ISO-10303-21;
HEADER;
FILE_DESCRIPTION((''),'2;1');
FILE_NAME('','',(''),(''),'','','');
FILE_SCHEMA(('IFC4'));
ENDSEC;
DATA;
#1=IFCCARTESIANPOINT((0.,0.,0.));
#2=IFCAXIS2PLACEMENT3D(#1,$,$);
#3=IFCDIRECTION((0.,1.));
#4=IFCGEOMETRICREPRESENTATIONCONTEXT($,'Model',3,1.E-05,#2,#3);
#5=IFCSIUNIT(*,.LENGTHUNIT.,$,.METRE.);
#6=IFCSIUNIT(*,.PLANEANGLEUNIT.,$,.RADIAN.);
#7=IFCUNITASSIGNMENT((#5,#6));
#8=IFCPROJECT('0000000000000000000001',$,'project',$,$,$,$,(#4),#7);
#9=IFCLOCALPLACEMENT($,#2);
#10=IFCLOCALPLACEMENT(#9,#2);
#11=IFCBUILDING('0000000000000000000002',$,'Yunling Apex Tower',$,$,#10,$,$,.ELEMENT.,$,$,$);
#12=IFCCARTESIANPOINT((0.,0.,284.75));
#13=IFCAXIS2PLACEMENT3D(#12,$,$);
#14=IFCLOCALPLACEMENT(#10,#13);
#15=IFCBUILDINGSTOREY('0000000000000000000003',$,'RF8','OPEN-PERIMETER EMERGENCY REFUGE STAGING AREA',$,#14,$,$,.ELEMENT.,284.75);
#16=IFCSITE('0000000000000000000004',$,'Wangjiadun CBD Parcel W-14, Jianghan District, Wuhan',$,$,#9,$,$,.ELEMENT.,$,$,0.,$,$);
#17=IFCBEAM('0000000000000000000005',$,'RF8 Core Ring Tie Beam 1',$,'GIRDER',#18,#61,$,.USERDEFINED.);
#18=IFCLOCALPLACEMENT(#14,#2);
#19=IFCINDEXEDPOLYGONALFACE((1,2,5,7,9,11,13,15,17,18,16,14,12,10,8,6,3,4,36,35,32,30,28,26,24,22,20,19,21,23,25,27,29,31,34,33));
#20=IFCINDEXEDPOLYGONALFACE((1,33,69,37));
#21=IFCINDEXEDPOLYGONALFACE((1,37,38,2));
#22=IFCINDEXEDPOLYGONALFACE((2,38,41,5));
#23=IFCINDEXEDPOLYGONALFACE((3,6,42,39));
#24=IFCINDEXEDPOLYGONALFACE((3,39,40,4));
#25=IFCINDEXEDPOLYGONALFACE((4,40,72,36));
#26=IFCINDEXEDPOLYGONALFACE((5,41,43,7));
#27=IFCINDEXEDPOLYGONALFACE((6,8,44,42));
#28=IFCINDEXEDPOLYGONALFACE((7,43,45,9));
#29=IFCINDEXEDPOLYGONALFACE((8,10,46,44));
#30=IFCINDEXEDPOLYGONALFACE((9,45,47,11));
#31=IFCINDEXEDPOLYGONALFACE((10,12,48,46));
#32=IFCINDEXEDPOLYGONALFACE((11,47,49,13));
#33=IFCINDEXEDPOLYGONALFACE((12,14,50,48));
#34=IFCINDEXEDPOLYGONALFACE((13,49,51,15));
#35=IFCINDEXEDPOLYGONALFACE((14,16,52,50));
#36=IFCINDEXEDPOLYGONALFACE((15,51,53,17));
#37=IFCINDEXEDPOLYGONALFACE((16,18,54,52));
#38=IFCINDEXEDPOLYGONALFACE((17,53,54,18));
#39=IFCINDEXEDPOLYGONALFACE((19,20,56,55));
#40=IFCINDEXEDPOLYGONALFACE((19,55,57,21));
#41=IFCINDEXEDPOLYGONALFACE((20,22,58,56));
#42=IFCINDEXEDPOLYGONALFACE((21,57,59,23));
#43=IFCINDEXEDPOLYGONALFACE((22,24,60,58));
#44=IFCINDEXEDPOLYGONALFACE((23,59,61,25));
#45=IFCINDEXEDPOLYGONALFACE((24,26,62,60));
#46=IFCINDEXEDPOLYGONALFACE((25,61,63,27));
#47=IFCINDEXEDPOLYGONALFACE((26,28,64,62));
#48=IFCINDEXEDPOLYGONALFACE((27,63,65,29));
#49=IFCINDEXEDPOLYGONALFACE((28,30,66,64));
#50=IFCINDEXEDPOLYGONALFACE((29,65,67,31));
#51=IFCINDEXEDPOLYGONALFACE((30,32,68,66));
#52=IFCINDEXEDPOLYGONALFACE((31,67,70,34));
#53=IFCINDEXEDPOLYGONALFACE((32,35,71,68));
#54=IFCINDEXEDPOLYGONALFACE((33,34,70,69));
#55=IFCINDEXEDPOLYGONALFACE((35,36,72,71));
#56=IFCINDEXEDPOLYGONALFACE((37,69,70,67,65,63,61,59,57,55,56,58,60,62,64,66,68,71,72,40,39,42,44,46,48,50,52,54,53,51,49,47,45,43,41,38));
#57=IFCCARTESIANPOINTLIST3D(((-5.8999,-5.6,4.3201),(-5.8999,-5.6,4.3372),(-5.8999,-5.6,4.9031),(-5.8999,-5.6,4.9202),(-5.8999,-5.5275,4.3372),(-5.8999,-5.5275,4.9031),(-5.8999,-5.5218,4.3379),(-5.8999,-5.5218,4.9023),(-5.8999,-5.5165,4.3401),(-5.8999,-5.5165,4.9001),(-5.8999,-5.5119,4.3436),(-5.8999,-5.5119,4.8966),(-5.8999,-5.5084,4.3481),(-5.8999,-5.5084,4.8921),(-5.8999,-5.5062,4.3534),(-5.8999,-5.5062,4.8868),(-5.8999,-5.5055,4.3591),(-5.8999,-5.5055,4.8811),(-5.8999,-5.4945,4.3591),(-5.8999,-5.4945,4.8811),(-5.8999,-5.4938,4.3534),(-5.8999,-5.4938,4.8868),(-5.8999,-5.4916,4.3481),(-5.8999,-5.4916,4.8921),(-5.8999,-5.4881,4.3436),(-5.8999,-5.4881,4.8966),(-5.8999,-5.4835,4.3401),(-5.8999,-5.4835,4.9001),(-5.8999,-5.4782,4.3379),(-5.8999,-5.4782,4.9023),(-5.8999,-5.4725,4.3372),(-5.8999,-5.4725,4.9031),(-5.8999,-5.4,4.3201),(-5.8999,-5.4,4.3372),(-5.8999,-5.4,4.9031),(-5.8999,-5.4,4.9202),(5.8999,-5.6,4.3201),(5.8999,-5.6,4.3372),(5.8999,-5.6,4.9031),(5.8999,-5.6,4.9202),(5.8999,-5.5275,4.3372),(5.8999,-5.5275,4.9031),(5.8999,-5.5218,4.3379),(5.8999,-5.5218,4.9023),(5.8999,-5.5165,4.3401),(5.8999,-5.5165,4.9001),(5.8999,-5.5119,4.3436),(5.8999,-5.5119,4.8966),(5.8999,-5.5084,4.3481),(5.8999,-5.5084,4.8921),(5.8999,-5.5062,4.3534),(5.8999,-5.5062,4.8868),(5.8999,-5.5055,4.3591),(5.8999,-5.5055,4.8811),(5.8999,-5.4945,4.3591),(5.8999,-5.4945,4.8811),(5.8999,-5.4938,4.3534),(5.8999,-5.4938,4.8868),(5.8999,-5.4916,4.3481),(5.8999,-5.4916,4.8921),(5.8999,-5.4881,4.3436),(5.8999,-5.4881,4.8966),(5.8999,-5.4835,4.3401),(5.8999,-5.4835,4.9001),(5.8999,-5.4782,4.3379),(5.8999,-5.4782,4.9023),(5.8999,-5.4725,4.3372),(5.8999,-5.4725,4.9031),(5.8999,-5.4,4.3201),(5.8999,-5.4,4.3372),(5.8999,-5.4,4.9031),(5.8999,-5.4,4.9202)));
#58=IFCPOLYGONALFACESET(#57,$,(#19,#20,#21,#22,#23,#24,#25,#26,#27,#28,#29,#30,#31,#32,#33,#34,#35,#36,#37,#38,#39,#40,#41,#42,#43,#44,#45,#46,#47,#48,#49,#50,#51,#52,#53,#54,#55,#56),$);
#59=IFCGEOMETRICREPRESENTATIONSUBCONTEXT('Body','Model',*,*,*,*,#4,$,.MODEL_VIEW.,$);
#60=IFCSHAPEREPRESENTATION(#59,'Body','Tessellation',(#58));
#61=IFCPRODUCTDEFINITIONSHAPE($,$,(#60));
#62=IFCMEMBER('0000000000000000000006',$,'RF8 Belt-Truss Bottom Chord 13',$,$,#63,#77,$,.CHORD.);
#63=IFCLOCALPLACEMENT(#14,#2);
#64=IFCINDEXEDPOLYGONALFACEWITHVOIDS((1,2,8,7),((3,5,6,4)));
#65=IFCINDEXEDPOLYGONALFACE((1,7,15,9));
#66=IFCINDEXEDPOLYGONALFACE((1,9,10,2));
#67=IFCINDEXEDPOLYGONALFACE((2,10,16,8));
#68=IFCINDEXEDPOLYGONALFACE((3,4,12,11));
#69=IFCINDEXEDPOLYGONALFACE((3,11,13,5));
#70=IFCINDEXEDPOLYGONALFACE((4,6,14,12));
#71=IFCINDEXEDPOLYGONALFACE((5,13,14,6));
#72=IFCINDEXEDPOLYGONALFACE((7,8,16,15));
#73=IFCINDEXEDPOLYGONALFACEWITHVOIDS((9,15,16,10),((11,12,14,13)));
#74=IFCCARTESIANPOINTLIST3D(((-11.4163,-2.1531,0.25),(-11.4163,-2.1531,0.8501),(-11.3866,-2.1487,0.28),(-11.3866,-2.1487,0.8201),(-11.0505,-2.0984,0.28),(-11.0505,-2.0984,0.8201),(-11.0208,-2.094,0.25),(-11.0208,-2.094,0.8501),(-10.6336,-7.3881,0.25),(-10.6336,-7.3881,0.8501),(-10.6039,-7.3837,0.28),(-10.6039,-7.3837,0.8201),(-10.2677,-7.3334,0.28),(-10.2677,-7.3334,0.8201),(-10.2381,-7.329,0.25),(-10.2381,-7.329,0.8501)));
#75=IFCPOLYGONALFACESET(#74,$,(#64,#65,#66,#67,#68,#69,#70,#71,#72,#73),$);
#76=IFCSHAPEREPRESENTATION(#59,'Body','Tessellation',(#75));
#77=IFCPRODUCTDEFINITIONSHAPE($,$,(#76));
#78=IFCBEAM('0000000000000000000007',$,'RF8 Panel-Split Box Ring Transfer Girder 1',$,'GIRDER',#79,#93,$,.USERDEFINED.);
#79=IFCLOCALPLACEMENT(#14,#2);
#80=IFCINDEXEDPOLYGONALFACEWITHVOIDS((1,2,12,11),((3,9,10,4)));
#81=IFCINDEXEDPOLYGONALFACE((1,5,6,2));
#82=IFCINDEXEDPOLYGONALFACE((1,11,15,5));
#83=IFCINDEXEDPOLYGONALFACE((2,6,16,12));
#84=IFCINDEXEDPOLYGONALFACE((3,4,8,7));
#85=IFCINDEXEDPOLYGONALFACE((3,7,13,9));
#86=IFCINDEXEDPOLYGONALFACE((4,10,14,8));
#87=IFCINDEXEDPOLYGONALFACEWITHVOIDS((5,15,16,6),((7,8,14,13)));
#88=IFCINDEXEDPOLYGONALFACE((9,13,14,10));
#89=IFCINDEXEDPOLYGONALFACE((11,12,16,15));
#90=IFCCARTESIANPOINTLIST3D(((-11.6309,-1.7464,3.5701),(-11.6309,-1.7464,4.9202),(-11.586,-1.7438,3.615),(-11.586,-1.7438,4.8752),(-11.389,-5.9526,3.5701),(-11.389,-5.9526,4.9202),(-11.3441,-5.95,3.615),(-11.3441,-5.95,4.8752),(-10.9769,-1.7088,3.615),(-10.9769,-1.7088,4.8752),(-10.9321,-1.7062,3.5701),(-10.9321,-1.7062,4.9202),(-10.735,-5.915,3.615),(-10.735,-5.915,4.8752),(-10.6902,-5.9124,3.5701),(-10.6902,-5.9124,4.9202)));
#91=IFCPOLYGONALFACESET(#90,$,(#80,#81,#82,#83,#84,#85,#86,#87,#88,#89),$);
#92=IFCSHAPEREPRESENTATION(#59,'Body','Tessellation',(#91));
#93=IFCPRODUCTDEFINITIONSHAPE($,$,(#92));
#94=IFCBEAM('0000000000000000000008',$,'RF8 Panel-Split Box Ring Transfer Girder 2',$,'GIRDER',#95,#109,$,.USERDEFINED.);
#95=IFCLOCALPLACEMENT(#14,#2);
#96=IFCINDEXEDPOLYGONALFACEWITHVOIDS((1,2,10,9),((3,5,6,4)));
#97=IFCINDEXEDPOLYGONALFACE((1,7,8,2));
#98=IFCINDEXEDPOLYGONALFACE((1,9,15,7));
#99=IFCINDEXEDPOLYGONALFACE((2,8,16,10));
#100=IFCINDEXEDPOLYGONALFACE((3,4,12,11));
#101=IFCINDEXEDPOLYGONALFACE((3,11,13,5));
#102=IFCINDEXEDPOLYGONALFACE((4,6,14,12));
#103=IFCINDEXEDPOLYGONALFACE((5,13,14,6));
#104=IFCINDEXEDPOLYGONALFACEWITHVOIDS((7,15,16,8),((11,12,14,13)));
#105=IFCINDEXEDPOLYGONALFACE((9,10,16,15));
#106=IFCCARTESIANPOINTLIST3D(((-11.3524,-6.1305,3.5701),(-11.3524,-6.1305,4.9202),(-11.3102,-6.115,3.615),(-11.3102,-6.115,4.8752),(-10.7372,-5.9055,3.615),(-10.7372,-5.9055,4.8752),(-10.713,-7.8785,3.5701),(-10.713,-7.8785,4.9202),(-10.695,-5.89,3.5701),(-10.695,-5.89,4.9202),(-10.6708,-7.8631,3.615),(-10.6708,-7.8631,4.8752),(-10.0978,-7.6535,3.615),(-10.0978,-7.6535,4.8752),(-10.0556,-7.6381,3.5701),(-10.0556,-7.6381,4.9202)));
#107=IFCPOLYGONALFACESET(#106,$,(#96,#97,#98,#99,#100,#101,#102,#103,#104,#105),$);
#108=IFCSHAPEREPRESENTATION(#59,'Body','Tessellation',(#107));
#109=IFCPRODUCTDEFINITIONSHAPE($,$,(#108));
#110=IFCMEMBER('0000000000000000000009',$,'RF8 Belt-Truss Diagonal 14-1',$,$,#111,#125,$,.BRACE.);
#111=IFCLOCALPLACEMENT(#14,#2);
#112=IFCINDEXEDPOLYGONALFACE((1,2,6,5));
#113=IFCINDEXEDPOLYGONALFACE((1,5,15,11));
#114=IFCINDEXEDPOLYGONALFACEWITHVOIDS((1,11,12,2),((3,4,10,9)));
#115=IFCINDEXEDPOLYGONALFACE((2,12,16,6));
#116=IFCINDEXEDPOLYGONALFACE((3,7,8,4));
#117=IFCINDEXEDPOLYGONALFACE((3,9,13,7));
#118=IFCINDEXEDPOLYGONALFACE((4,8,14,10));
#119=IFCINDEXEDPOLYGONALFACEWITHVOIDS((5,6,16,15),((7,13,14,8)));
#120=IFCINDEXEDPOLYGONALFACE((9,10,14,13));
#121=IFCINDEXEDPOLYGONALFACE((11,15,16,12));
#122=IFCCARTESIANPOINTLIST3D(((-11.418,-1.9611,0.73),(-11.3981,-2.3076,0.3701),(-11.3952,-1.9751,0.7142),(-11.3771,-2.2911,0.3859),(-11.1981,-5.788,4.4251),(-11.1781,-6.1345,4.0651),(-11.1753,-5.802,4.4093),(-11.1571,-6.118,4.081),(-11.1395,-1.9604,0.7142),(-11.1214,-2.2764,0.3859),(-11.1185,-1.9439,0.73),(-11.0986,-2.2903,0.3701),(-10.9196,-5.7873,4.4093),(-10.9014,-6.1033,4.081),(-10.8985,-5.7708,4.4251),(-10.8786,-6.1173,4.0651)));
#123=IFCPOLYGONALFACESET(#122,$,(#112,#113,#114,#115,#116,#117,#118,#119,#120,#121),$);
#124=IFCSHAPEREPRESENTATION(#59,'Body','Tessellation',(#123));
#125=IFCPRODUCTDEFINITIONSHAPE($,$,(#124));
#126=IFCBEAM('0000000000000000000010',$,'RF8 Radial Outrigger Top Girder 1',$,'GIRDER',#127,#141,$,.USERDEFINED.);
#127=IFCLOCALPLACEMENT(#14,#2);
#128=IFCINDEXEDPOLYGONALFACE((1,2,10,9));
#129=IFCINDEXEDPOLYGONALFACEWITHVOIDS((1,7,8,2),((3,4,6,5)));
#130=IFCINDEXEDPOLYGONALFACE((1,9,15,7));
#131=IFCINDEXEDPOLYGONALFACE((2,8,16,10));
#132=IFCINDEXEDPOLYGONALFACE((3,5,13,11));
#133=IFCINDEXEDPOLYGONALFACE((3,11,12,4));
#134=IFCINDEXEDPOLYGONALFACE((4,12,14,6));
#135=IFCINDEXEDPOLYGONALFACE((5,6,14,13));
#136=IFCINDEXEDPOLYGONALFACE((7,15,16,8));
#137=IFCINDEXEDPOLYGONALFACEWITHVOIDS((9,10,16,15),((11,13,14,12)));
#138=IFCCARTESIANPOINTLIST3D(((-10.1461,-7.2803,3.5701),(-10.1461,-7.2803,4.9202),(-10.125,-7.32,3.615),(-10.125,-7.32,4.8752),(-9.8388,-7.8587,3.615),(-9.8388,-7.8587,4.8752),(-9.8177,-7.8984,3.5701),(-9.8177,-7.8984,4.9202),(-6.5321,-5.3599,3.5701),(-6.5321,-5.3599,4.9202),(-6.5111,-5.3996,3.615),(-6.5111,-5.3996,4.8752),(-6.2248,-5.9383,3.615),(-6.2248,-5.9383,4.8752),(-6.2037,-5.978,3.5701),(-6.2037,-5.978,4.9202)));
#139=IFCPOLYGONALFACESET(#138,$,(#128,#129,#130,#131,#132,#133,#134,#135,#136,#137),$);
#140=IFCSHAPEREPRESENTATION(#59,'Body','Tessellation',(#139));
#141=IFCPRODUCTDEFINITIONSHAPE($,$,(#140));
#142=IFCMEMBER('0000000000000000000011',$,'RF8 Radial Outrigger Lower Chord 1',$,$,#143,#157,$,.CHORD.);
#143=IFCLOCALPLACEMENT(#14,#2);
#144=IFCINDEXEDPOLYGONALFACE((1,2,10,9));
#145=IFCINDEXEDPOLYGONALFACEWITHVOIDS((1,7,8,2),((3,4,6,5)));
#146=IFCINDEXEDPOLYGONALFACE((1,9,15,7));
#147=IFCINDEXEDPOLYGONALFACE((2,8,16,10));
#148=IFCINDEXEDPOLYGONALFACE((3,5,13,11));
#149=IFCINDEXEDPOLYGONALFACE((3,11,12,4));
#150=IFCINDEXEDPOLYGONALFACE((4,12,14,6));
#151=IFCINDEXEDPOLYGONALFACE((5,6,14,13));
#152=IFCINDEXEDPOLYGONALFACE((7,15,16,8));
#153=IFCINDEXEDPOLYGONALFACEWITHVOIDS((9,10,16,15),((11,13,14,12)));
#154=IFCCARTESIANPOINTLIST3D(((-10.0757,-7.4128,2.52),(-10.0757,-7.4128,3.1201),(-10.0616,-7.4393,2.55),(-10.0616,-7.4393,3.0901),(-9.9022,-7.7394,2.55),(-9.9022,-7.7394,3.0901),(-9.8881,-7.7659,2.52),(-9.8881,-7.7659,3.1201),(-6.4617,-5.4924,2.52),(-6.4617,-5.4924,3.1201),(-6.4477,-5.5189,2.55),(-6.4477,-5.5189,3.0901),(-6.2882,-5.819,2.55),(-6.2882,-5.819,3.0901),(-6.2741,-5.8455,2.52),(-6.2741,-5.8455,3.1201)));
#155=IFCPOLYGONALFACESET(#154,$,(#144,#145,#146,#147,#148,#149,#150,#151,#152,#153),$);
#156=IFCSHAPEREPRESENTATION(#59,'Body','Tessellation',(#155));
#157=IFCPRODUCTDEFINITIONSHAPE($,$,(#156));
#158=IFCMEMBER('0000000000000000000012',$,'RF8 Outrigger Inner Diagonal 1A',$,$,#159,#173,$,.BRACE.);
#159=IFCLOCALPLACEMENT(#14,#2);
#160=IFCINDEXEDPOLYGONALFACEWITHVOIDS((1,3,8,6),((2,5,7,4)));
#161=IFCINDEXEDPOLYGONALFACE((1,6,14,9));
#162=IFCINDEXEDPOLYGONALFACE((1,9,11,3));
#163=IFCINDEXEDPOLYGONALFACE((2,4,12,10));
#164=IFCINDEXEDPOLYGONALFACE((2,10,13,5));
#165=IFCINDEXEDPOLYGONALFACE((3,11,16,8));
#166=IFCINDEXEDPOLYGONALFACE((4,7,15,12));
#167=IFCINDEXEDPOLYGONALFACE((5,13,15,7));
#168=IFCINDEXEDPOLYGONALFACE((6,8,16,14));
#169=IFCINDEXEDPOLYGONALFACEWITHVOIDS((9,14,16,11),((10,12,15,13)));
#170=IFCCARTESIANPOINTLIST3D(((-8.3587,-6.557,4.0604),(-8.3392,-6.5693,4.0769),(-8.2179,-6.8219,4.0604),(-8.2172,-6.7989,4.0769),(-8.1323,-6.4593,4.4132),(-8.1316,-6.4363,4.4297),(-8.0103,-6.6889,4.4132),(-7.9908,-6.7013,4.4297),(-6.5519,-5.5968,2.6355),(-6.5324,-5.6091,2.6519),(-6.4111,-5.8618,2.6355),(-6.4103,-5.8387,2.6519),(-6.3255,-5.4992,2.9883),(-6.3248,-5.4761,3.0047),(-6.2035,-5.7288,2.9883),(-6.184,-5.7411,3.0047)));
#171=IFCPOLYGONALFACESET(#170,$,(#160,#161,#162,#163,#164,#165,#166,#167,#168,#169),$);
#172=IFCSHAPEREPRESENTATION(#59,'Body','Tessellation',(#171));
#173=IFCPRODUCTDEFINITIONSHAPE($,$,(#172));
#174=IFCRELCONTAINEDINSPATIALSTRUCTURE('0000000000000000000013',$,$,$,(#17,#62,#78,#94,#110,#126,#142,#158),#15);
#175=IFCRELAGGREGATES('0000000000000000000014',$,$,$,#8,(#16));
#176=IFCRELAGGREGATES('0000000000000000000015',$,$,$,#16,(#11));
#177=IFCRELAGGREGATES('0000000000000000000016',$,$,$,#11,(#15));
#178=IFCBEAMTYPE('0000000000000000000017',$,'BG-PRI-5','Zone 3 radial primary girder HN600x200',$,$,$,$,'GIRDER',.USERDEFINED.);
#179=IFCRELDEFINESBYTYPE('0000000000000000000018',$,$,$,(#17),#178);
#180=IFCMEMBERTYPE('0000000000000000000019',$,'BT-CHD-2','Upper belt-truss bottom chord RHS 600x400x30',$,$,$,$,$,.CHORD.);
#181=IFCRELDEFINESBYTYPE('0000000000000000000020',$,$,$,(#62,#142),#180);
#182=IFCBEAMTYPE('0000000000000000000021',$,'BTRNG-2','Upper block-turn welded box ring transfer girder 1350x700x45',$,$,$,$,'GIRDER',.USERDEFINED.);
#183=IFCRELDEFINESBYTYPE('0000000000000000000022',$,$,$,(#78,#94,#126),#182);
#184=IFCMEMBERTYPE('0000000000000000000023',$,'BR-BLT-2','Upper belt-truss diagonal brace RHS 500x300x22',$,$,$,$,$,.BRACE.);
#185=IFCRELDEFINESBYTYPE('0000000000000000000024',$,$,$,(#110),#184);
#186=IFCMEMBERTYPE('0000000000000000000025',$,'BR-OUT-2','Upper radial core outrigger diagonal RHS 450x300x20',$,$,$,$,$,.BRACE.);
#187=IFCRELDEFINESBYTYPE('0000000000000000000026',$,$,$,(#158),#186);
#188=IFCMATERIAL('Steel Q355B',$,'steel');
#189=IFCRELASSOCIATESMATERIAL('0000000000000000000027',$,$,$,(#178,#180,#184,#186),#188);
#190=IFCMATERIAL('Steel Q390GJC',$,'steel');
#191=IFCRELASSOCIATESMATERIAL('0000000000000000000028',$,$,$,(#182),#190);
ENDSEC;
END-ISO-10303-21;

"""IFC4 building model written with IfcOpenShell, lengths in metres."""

from ifc_helpers import new_model, si_unit, direction, frame, origin, origin_2d, place, context, subcontext, project, spatial, hollow_rectangle, i_section, extrude, source, transform, mapped, material, material_profile, profile_set, type_object, element, save


model = new_model("IFC4")

# Units and contexts
model_context = context("Model", 3, precision=1e-05, world=origin(), true_north=direction((0.0, 1.0)))
body_context = subcontext(model_context, "Body", "Model", "MODEL_VIEW")
ifc_project = project(units=[si_unit("LENGTHUNIT", "METRE"), si_unit("PLANEANGLEUNIT", "RADIAN")], contexts=[model_context])

# Site, building, storey
site_placement = place(None, origin())
site = spatial("IfcSite", under=ifc_project, at=site_placement, Name="Wangjiadun CBD Parcel W-14, Jianghan District, Wuhan", CompositionType="ELEMENT", RefElevation=0.0)
building_placement = place(site_placement, origin())
building = spatial("IfcBuilding", under=site, at=building_placement, Name="Yunling Apex Tower", CompositionType="ELEMENT")
storey_placement = place(building_placement, frame((0.0, 0.0, 284.75)))
storey = spatial("IfcBuildingStorey", under=building, at=storey_placement, Name="RF8", Description="OPEN-PERIMETER EMERGENCY REFUGE STAGING AREA", CompositionType="ELEMENT", Elevation=284.75)

# Shared definitions
ifc_material_1 = material(Name="Steel Q355B", Category="steel")

# Beam
ifc_material_profile_1 = material_profile(ifc_material_1, i_section(OverallWidth=0.2, OverallDepth=0.6001, WebThickness=0.011, FlangeThickness=0.0171, FilletRadius=0.022, at=origin_2d()))
ifc_profile_set_1 = profile_set([ifc_material_profile_1], Name="Steel Q355B")
beam_type_1 = type_object("IfcBeamType", Name="BG-PRI-5", Description="Zone 3 radial primary girder HN600x200", ElementType="GIRDER", PredefinedType="USERDEFINED", material=ifc_profile_set_1)
shared_shape_1 = source(origin(), body_context, "Body", "SweptSolid", [
    extrude(i_section(OverallWidth=0.2, OverallDepth=0.6001, WebThickness=0.011, FlangeThickness=0.0171, FilletRadius=0.022, at=origin_2d()), origin(), (0.0, 0.0, 1.0), 11.7998),
])
beam_1_placement = place(storey_placement, frame((-5.8999, -5.5, 4.6201), z_axis=(1.0, 0.0, 0.0), x_axis=(0.0, 1.0, 0.0)))
element("IfcBeam", 1, at=beam_1_placement, inside=storey, type_object=beam_type_1, Name="RF8 Core Ring Tie Beam 1", ObjectType="GIRDER", PredefinedType="USERDEFINED", context=body_context, shape_type="MappedRepresentation", body=[
    mapped(shared_shape_1, transform((0.0, 0.0, 0.0), scale=1.0)),
])

# Member
ifc_material_profile_2 = material_profile(ifc_material_1, hollow_rectangle(XDim=0.3999, YDim=0.6001, WallThickness=0.03, at=origin_2d()))
ifc_profile_set_2 = profile_set([ifc_material_profile_2], Name="Steel Q355B")
member_type_1 = type_object("IfcMemberType", Name="BT-CHD-2", Description="Upper belt-truss bottom chord RHS 600x400x30", PredefinedType="CHORD", material=ifc_profile_set_2)
shared_shape_2 = source(origin(), body_context, "Body", "SweptSolid", [
    extrude(hollow_rectangle(XDim=0.3999, YDim=0.6001, WallThickness=0.03, at=origin_2d()), origin(), (0.0, 0.0, 1.0), 5.2932),
])
member_1_placement = place(storey_placement, frame((-11.2185, -2.1235, 0.55), z_axis=(0.147869, -0.989007, 0.0), x_axis=(0.989007, 0.147869, 0.0)))
element("IfcMember", 2, at=member_1_placement, inside=storey, type_object=member_type_1, Name="RF8 Belt-Truss Bottom Chord 13", PredefinedType="CHORD", context=body_context, shape_type="MappedRepresentation", body=[
    mapped(shared_shape_2, transform((0.0, 0.0, 0.0), scale=1.0)),
])

# Beams
ifc_material_2 = material(Name="Steel Q390GJC", Category="steel")
ifc_material_profile_3 = material_profile(ifc_material_2, hollow_rectangle(XDim=0.7, YDim=1.3501, WallThickness=0.0449, at=origin_2d()))
ifc_profile_set_3 = profile_set([ifc_material_profile_3], Name="Steel Q390GJC")
beam_type_2 = type_object("IfcBeamType", Name="BTRNG-2", Description="Upper block-turn welded box ring transfer girder 1350x700x45", ElementType="GIRDER", PredefinedType="USERDEFINED", material=ifc_profile_set_3)
shared_shape_3 = source(origin(), body_context, "Body", "SweptSolid", [
    extrude(hollow_rectangle(XDim=0.7, YDim=1.3501, WallThickness=0.0449, at=origin_2d()), origin(), (0.0, 0.0, 1.0), 4.2131),
])
beam_2_placement = place(storey_placement, frame((-11.2815, -1.7263, 4.2451), z_axis=(0.057424, -0.99835, 0.0), x_axis=(0.99835, 0.057424, 0.0)))
element("IfcBeam", 3, at=beam_2_placement, inside=storey, type_object=beam_type_2, Name="RF8 Panel-Split Box Ring Transfer Girder 1", ObjectType="GIRDER", PredefinedType="USERDEFINED", context=body_context, shape_type="MappedRepresentation", body=[
    mapped(shared_shape_3, transform((0.0, 0.0, 0.0), scale=1.0)),
])
shared_shape_4 = source(origin(), body_context, "Body", "SweptSolid", [
    extrude(hollow_rectangle(XDim=0.7, YDim=1.3501, WallThickness=0.0449, at=origin_2d()), origin(), (0.0, 0.0, 1.0), 1.8613),
])
beam_3_placement = place(storey_placement, frame((-11.0237, -6.0103, 4.2451), z_axis=(0.343522, -0.939145, 0.0), x_axis=(0.939145, 0.343522, 0.0)))
element("IfcBeam", 4, at=beam_3_placement, inside=storey, type_object=beam_type_2, Name="RF8 Panel-Split Box Ring Transfer Girder 2", ObjectType="GIRDER", PredefinedType="USERDEFINED", context=body_context, shape_type="MappedRepresentation", body=[
    mapped(shared_shape_4, transform((0.0, 0.0, 0.0), scale=1.0)),
])

# Member
ifc_material_profile_4 = material_profile(ifc_material_1, hollow_rectangle(XDim=0.3, YDim=0.5, WallThickness=0.022, at=origin_2d()))
ifc_profile_set_4 = profile_set([ifc_material_profile_4], Name="Steel Q355B")
member_type_2 = type_object("IfcMemberType", Name="BR-BLT-2", Description="Upper belt-truss diagonal brace RHS 500x300x22", PredefinedType="BRACE", material=ifc_profile_set_4)
shared_shape_5 = source(origin(), body_context, "Body", "SweptSolid", [
    extrude(hollow_rectangle(XDim=0.3, YDim=0.5, WallThickness=0.022, at=origin_2d()), origin(), (0.0, 0.0, 1.0), 5.3242),
])
member_2_placement = place(storey_placement, frame((-11.2583, -2.1257, 0.55), z_axis=(0.041315, -0.718775, 0.694014), x_axis=(0.998352, 0.057385, 0.0)))
element("IfcMember", 5, at=member_2_placement, inside=storey, type_object=member_type_2, Name="RF8 Belt-Truss Diagonal 14-1", PredefinedType="BRACE", context=body_context, shape_type="MappedRepresentation", body=[
    mapped(shared_shape_5, transform((0.0, 0.0, 0.0), scale=1.0)),
])

# Beam
shared_shape_6 = source(origin(), body_context, "Body", "SweptSolid", [
    extrude(hollow_rectangle(XDim=0.7, YDim=1.3501, WallThickness=0.0449, at=origin_2d()), origin(), (0.0, 0.0, 1.0), 4.0925),
])
beam_4_placement = place(storey_placement, frame((-6.3679, -5.6689, 4.2451), z_axis=(-0.883069, -0.469244, 0.0), x_axis=(0.469244, -0.883069, 0.0)))
element("IfcBeam", 6, at=beam_4_placement, inside=storey, type_object=beam_type_2, Name="RF8 Radial Outrigger Top Girder 1", ObjectType="GIRDER", PredefinedType="USERDEFINED", context=body_context, shape_type="MappedRepresentation", body=[
    mapped(shared_shape_6, transform((0.0, 0.0, 0.0), scale=1.0)),
])

# Members
shared_shape_7 = source(origin(), body_context, "Body", "SweptSolid", [
    extrude(hollow_rectangle(XDim=0.3999, YDim=0.6001, WallThickness=0.03, at=origin_2d()), origin(), (0.0, 0.0, 1.0), 4.0925),
])
member_3_placement = place(storey_placement, frame((-6.3679, -5.6689, 2.8201), z_axis=(-0.883069, -0.469244, 0.0), x_axis=(0.469244, -0.883069, 0.0)))
element("IfcMember", 7, at=member_3_placement, inside=storey, type_object=member_type_1, Name="RF8 Radial Outrigger Lower Chord 1", PredefinedType="CHORD", context=body_context, shape_type="MappedRepresentation", body=[
    mapped(shared_shape_7, transform((0.0, 0.0, 0.0), scale=1.0)),
])
ifc_material_profile_5 = material_profile(ifc_material_1, hollow_rectangle(XDim=0.3, YDim=0.45, WallThickness=0.02, at=origin_2d()))
ifc_profile_set_5 = profile_set([ifc_material_profile_5], Name="Steel Q355B")
member_type_3 = type_object("IfcMemberType", Name="BR-OUT-2", Description="Upper radial core outrigger diagonal RHS 450x300x20", PredefinedType="BRACE", material=ifc_profile_set_5)
shared_shape_8 = source(origin(), body_context, "Body", "SweptSolid", [
    extrude(hollow_rectangle(XDim=0.3, YDim=0.45, WallThickness=0.02, at=origin_2d()), origin(), (0.0, 0.0, 1.0), 2.4934),
])
member_4_placement = place(storey_placement, frame((-6.3679, -5.6689, 2.8201), z_axis=(-0.724635, -0.385082, 0.571503), x_axis=(0.469269, -0.883055, 0.0)))
element("IfcMember", 8, at=member_4_placement, inside=storey, type_object=member_type_3, Name="RF8 Outrigger Inner Diagonal 1A", PredefinedType="BRACE", context=body_context, shape_type="MappedRepresentation", body=[
    mapped(shared_shape_8, transform((0.0, 0.0, 0.0), scale=1.0)),
])

save(model, "model.ifc")
